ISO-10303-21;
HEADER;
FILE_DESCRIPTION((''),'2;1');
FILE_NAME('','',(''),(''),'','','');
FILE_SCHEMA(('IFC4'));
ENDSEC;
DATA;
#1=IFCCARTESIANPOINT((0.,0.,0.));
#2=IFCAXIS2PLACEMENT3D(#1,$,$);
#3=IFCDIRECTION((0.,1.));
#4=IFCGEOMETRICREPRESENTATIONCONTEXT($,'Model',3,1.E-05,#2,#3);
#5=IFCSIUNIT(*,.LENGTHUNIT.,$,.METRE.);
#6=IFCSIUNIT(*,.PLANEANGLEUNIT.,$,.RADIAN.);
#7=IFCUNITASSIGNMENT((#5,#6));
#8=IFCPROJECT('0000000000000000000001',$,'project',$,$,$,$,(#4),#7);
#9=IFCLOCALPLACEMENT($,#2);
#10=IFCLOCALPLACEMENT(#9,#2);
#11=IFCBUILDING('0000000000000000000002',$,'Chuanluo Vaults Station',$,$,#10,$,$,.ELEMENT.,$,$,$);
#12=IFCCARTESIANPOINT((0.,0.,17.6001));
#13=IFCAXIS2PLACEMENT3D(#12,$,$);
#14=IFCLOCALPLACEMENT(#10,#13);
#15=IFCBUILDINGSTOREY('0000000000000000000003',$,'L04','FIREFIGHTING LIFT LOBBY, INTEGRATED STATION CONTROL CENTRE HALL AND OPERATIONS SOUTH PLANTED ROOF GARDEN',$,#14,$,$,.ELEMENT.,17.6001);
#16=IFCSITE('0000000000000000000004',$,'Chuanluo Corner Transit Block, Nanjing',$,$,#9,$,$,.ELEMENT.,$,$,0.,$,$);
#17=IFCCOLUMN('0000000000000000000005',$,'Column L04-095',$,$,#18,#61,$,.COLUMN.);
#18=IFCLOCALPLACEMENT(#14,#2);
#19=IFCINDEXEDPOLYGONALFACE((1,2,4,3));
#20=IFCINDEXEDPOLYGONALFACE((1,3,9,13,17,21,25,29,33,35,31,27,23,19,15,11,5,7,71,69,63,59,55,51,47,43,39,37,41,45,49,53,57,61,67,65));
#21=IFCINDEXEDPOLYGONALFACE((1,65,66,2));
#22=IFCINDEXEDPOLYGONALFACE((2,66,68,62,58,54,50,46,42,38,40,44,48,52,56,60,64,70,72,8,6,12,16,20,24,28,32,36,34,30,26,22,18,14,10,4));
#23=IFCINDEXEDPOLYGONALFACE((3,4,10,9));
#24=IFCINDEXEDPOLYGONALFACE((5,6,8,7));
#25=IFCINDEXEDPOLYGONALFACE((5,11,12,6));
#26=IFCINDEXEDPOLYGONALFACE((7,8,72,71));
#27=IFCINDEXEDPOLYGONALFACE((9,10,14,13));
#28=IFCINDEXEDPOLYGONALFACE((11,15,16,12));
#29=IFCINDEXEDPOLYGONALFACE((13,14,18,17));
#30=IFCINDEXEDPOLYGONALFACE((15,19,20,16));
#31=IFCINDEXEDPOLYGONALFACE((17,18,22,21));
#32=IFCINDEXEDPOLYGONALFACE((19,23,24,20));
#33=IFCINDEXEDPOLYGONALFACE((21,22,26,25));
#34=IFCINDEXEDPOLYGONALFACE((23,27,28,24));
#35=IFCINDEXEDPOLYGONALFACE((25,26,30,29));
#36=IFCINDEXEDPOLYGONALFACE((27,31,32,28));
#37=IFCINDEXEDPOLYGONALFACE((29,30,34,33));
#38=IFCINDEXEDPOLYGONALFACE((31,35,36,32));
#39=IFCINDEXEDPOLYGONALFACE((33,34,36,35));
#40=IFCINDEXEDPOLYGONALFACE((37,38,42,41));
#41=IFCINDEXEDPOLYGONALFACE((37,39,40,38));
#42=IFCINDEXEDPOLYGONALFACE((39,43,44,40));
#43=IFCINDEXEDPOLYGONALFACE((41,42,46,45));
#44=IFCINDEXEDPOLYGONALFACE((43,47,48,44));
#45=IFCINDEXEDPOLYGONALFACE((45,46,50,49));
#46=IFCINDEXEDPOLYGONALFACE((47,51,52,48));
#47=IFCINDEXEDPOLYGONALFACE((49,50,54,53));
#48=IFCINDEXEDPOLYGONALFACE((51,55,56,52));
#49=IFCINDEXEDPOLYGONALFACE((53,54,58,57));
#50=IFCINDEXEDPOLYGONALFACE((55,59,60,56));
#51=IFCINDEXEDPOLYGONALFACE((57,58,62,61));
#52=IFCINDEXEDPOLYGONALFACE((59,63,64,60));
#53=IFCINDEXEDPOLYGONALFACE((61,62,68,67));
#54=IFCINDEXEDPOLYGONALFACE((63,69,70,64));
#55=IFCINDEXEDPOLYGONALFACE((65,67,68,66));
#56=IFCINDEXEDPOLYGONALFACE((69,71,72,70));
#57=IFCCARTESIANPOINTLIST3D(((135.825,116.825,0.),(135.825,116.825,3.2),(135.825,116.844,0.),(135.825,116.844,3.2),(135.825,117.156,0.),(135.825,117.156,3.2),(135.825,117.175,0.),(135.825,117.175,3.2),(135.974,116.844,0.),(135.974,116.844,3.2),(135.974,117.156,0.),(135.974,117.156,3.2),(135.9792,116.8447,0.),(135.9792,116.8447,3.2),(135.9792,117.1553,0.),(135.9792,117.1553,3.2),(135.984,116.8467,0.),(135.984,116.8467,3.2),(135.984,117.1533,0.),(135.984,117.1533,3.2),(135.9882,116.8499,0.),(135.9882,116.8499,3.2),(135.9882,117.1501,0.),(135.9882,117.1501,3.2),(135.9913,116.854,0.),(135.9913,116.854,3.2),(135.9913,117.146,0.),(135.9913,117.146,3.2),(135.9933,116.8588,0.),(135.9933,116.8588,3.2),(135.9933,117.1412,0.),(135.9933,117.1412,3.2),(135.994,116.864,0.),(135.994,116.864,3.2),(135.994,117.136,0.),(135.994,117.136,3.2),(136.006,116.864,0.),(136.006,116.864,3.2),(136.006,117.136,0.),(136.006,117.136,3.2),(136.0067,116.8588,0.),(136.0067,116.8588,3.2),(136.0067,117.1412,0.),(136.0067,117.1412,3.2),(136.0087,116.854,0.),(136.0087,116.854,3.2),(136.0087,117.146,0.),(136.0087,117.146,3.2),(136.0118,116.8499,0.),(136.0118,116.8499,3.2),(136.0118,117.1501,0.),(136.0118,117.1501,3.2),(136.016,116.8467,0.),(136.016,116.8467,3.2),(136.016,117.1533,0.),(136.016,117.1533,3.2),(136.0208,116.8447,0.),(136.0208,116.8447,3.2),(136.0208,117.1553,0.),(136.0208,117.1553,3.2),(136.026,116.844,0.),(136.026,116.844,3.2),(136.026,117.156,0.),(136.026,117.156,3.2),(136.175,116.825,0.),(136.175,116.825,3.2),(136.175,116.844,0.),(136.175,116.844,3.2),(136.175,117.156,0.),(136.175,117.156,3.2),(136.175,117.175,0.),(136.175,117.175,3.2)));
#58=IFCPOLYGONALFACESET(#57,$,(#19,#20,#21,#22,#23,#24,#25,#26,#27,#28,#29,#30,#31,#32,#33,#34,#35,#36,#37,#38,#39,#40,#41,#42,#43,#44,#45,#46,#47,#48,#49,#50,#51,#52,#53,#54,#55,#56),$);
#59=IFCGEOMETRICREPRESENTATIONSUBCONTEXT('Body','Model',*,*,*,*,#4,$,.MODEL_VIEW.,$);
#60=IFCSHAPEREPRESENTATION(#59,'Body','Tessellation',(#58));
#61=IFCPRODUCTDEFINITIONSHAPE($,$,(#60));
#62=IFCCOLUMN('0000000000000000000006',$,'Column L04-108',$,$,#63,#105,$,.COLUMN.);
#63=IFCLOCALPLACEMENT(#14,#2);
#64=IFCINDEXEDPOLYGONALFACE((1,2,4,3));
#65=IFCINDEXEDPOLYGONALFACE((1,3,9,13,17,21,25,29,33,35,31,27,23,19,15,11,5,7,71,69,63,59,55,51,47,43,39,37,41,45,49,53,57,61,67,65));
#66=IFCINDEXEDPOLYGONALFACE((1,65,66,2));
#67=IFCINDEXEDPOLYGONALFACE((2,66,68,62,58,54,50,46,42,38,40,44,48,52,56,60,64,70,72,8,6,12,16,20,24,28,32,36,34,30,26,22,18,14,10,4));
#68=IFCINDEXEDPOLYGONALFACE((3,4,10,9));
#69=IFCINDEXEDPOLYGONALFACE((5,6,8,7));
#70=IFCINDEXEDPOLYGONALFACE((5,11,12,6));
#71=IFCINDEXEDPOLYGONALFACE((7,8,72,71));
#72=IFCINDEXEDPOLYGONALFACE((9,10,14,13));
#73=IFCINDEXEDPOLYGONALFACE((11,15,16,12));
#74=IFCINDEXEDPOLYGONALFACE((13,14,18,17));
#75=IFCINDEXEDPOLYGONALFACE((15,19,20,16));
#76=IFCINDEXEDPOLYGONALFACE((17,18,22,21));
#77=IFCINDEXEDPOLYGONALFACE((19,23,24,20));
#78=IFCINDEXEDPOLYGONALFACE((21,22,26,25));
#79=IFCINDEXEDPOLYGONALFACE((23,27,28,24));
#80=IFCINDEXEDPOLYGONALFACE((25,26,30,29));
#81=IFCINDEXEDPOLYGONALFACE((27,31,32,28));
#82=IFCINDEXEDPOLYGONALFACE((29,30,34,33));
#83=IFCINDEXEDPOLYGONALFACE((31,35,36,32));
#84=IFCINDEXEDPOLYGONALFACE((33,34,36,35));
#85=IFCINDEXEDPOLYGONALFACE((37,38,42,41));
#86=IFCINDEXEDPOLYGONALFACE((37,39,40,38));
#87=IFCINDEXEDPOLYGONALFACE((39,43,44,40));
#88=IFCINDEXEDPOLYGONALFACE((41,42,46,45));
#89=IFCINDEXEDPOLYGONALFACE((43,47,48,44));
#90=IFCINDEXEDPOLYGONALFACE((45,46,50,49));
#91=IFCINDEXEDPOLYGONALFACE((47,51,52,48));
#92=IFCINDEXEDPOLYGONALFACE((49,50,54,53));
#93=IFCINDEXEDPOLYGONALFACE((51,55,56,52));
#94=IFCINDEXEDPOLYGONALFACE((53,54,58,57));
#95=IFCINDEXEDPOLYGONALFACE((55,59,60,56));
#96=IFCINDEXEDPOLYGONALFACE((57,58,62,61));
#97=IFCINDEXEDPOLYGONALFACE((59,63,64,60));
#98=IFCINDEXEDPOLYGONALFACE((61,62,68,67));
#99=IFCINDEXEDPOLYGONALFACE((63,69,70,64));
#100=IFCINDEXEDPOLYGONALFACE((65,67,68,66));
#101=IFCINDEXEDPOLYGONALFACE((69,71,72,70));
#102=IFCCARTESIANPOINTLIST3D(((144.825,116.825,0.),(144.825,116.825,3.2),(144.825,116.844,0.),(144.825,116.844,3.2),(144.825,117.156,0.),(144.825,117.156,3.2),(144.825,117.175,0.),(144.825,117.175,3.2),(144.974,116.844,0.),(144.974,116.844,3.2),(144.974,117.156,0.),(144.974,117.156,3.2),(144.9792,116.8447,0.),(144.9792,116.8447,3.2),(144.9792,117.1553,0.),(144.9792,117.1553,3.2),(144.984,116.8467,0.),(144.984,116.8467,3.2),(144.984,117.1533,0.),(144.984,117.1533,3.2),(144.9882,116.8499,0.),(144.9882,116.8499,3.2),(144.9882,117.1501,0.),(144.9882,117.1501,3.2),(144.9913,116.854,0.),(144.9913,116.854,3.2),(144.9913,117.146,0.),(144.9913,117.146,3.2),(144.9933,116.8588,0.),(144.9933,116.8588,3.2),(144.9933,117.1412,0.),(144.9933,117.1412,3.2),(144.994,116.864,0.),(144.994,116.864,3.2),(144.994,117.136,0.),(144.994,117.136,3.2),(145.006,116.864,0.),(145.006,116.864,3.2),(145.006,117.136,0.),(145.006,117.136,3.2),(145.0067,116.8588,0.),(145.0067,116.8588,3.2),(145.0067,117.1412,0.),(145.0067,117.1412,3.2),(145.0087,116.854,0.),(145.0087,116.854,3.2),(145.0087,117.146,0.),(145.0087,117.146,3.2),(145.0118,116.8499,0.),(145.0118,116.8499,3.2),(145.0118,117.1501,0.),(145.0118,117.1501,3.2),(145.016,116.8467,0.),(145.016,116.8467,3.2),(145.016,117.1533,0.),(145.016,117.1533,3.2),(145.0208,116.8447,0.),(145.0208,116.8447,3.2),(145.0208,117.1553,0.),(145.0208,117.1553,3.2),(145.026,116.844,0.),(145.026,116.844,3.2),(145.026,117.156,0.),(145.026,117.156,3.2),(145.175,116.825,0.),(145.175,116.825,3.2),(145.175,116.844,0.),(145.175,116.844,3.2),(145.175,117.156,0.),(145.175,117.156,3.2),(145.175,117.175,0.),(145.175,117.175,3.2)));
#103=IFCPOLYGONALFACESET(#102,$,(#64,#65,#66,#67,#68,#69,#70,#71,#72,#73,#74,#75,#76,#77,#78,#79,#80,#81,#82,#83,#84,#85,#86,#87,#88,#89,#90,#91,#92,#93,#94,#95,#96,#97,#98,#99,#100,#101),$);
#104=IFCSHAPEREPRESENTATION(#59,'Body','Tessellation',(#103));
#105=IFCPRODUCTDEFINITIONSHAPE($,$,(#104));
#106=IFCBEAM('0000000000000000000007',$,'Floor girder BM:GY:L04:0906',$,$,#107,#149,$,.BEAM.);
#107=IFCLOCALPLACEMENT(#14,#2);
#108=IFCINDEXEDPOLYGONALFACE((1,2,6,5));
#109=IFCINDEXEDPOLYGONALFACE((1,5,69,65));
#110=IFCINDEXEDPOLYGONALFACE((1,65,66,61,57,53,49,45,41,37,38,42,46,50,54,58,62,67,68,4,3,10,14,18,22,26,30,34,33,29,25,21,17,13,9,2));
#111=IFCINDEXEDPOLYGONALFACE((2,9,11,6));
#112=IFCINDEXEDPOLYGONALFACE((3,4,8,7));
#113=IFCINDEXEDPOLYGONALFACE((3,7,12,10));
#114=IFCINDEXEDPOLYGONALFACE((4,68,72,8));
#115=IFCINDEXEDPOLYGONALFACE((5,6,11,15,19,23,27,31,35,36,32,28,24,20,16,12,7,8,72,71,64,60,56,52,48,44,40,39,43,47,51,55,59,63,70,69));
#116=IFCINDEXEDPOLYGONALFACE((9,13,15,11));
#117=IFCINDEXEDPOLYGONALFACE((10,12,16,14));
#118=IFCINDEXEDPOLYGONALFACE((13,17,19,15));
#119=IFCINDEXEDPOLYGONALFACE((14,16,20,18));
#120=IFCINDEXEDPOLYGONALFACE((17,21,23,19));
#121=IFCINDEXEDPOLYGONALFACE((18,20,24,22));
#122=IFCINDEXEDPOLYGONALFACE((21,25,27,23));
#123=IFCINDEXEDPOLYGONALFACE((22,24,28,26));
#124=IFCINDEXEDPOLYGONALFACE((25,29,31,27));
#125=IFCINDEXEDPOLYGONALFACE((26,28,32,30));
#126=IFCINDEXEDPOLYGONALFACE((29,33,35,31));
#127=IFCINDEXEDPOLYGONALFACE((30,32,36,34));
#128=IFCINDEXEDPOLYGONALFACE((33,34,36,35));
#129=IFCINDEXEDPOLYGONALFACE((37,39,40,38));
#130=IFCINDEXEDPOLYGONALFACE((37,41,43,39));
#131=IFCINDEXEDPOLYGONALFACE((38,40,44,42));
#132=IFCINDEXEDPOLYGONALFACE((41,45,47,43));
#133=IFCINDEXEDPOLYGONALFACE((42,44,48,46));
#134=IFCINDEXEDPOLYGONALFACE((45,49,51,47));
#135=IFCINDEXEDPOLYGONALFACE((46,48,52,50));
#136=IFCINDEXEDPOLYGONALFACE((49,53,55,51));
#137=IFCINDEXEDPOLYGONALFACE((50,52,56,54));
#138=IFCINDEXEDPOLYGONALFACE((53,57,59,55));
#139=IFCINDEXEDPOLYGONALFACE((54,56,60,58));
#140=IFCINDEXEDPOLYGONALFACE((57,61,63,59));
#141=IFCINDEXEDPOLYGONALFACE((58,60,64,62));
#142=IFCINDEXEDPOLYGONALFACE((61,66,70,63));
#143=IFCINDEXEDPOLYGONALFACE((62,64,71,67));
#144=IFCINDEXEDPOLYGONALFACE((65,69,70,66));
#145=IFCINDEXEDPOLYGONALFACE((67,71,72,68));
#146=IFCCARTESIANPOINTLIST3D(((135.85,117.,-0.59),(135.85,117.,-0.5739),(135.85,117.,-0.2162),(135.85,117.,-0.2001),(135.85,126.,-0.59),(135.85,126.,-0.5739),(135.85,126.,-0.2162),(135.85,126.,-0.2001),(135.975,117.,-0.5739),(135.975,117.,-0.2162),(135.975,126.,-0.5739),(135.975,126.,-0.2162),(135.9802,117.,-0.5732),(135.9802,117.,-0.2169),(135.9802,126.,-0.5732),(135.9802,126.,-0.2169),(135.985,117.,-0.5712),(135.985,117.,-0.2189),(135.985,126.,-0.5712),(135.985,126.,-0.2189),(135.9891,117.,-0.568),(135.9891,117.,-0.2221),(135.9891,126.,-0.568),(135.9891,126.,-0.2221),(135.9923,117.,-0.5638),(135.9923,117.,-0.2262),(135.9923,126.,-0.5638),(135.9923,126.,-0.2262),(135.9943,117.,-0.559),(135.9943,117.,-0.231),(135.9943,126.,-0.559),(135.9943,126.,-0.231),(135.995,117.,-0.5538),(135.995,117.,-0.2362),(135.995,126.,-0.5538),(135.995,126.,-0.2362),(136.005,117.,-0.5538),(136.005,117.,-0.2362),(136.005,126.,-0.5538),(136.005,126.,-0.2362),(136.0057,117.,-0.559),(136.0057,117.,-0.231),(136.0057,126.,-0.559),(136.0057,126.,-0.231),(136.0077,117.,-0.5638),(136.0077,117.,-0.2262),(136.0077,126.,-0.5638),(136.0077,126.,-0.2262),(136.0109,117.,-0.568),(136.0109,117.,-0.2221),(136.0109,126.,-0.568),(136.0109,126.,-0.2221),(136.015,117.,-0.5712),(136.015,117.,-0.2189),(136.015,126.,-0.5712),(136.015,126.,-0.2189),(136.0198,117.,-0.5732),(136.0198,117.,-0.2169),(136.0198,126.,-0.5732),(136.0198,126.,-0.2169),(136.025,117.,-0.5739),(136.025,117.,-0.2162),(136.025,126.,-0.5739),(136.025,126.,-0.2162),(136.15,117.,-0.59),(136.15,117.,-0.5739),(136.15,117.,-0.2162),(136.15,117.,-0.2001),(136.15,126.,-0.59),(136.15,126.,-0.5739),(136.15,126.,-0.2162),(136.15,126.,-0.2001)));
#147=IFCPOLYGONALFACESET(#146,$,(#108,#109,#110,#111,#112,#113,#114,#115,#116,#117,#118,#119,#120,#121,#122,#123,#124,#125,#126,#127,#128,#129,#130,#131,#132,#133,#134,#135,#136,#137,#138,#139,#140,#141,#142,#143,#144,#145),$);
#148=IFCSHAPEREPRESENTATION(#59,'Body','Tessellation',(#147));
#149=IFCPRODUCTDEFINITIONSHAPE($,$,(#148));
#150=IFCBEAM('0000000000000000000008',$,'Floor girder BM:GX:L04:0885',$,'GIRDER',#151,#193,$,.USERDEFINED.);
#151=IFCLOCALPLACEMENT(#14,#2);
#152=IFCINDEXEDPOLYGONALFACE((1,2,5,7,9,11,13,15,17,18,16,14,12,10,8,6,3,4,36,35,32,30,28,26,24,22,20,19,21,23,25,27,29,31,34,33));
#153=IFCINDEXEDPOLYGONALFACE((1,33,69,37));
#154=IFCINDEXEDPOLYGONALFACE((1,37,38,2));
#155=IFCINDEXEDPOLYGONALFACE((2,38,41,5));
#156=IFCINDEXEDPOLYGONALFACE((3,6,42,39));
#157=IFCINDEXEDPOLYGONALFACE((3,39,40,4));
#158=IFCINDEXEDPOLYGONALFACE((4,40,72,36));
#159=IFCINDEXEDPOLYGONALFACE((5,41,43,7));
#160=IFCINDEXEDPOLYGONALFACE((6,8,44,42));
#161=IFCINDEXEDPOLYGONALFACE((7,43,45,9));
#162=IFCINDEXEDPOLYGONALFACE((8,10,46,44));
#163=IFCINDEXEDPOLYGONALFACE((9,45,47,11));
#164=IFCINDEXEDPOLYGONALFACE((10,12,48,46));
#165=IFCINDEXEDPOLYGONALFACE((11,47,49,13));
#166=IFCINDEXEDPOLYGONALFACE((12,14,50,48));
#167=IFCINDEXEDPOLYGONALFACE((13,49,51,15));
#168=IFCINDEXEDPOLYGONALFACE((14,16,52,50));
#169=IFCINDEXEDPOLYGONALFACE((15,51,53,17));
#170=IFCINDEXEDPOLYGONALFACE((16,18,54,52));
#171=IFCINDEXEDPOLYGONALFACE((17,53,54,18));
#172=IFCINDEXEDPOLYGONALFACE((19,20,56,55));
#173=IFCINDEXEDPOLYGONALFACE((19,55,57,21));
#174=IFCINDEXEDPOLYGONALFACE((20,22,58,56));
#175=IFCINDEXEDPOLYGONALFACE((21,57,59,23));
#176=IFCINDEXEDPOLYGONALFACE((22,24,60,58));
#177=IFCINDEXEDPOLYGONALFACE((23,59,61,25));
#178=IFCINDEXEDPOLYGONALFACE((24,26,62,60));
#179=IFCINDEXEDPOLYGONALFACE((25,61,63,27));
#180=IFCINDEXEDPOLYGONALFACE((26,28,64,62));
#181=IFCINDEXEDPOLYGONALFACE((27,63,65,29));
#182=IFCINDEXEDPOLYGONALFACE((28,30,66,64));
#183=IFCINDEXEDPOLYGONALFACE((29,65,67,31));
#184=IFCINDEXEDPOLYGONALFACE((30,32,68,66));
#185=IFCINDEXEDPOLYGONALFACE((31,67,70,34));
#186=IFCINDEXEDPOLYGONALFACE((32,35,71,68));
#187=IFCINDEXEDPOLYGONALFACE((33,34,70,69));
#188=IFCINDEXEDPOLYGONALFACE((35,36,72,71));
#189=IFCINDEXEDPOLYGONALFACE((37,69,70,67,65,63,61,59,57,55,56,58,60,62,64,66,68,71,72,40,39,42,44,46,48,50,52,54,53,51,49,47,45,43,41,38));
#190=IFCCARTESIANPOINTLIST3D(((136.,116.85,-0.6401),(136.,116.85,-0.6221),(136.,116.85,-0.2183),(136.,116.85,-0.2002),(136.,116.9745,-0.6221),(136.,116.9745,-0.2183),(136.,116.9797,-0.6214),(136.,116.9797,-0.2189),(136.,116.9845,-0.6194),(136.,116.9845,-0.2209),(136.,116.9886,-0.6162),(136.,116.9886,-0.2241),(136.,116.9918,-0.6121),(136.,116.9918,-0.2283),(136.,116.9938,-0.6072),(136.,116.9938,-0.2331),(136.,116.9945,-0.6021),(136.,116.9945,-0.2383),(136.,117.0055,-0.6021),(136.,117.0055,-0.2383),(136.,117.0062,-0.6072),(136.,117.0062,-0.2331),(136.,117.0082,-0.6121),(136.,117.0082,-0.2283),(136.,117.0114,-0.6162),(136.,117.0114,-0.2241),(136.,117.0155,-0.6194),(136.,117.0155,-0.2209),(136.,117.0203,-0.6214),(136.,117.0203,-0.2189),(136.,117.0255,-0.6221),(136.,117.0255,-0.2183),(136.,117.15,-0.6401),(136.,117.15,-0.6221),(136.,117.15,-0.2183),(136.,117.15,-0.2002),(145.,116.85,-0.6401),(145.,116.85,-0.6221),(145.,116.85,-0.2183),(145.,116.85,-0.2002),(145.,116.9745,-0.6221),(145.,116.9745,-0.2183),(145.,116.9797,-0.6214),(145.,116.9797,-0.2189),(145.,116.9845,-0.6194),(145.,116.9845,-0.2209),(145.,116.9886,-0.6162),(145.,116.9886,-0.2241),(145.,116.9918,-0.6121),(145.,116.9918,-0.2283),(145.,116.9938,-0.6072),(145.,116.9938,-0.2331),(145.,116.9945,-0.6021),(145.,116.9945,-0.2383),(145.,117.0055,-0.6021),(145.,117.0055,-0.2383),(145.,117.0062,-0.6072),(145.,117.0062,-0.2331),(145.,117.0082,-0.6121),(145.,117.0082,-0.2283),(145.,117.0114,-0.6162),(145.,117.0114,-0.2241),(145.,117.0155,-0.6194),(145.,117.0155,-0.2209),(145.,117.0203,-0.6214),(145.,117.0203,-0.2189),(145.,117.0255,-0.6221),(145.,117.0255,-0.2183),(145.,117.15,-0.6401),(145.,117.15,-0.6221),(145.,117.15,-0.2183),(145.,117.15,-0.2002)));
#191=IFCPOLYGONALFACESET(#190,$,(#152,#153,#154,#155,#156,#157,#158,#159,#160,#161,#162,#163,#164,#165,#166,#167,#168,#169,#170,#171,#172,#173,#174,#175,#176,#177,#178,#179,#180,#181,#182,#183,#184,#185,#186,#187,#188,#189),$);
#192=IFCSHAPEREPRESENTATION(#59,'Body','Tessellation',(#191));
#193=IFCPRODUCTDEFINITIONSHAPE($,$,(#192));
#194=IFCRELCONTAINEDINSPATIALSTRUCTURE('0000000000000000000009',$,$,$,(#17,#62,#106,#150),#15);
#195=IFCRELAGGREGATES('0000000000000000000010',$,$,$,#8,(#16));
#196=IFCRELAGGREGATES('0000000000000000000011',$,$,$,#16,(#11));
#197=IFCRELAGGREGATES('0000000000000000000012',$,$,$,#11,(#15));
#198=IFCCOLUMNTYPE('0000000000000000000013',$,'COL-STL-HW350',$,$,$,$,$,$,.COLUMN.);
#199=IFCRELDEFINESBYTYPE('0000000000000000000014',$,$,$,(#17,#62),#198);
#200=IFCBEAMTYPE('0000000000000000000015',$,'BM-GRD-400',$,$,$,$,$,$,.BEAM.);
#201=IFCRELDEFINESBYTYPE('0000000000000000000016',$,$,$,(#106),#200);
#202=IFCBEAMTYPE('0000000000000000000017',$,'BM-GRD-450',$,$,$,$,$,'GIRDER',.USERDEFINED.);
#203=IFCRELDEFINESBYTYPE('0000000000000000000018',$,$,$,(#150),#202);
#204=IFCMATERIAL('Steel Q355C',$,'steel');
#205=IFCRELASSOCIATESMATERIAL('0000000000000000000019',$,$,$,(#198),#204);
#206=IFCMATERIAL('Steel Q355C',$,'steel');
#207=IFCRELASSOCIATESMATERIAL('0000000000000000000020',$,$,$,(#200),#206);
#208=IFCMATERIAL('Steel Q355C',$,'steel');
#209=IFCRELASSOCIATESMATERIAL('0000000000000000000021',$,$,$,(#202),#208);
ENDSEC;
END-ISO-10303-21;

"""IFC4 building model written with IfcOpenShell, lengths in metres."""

from ifc_helpers import new_model, si_unit, direction, frame, origin, origin_2d, place, context, subcontext, project, spatial, i_section, extrude, material, material_profile, profile_set, type_object, element, save


model = new_model("IFC4")

# Units and contexts
model_context = context("Model", 3, precision=1e-05, world=origin(), true_north=direction((0.0, 1.0)))
body_context = subcontext(model_context, "Body", "Model", "MODEL_VIEW")
ifc_project = project(units=[si_unit("LENGTHUNIT", "METRE"), si_unit("PLANEANGLEUNIT", "RADIAN")], contexts=[model_context])

# Site, building, storey
site_placement = place(None, origin())
site = spatial("IfcSite", under=ifc_project, at=site_placement, Name="Chuanluo Corner Transit Block, Nanjing", CompositionType="ELEMENT", RefElevation=0.0)
building_placement = place(site_placement, origin())
building = spatial("IfcBuilding", under=site, at=building_placement, Name="Chuanluo Vaults Station", CompositionType="ELEMENT")
storey_placement = place(building_placement, frame((0.0, 0.0, 17.6001)))
storey = spatial("IfcBuildingStorey", under=building, at=storey_placement, Name="L04", Description="FIREFIGHTING LIFT LOBBY, INTEGRATED STATION CONTROL CENTRE HALL AND OPERATIONS SOUTH PLANTED ROOF GARDEN", CompositionType="ELEMENT", Elevation=17.6001)

# Columns
ifc_material_1 = material(Name="Steel Q355C", Category="steel")
ifc_material_profile_1 = material_profile(ifc_material_1, i_section(OverallWidth=0.3501, OverallDepth=0.3501, WebThickness=0.012, FlangeThickness=0.019, FilletRadius=0.02, at=origin_2d()))
ifc_profile_set_1 = profile_set([ifc_material_profile_1], Name="Steel Q355C")
column_type = type_object("IfcColumnType", Name="COL-STL-HW350", PredefinedType="COLUMN", material=ifc_profile_set_1)
for number, where, z_axis, x_axis, name in (
    (1, (136.0, 117.0, 0.0), (0.0, 0.0, 1.0), (1.0, 0.0, 0.0), "Column L04-095"),
    (2, (145.0, 117.0, 0.0), (0.0, 0.0, 1.0), (1.0, 0.0, 0.0), "Column L04-108"),
):
    element("IfcColumn", number, at=place(storey_placement, frame(where, z_axis=z_axis, x_axis=x_axis)), inside=storey, type_object=column_type, Name=name, PredefinedType="COLUMN", context=body_context, shape_type="SweptSolid", body=[
        extrude(i_section(OverallWidth=0.3501, OverallDepth=0.3501, WebThickness=0.012, FlangeThickness=0.019, FilletRadius=0.02, at=origin_2d()), origin(), (0.0, 0.0, 1.0), 3.2),
    ])

# Beams
ifc_material_2 = material(Name="Steel Q355C", Category="steel")
ifc_material_profile_2 = material_profile(ifc_material_2, i_section(OverallWidth=0.3, OverallDepth=0.3899, WebThickness=0.01, FlangeThickness=0.0161, FilletRadius=0.02, at=origin_2d()))
ifc_profile_set_2 = profile_set([ifc_material_profile_2], Name="Steel Q355C")
beam_type_1 = type_object("IfcBeamType", Name="BM-GRD-400", PredefinedType="BEAM", material=ifc_profile_set_2)
beam_placement = place(storey_placement, frame((136.0, 117.0, -0.395), z_axis=(0.0, 1.0, 0.0), x_axis=(-1.0, 0.0, 0.0)))
element("IfcBeam", 3, at=beam_placement, inside=storey, type_object=beam_type_1, Name="Floor girder BM:GY:L04:0906", PredefinedType="BEAM", context=body_context, shape_type="SweptSolid", body=[
    extrude(i_section(OverallWidth=0.3, OverallDepth=0.3899, WebThickness=0.01, FlangeThickness=0.0161, FilletRadius=0.02, at=origin_2d()), origin(), (0.0, 0.0, 1.0), 9.0),
])
ifc_material_3 = material(Name="Steel Q355C", Category="steel")
ifc_material_profile_3 = material_profile(ifc_material_3, i_section(OverallWidth=0.3, OverallDepth=0.4399, WebThickness=0.011, FlangeThickness=0.0181, FilletRadius=0.02, at=origin_2d()))
ifc_profile_set_3 = profile_set([ifc_material_profile_3], Name="Steel Q355C")
beam_type_2 = type_object("IfcBeamType", Name="BM-GRD-450", ElementType="GIRDER", PredefinedType="USERDEFINED", material=ifc_profile_set_3)
for number, where, z_axis, x_axis, name in (
    (4, (136.0, 117.0, -0.4202), (1.0, 0.0, 0.0), (0.0, 1.0, 0.0), "Floor girder BM:GX:L04:0885"),
):
    element("IfcBeam", number, at=place(storey_placement, frame(where, z_axis=z_axis, x_axis=x_axis)), inside=storey, type_object=beam_type_2, Name=name, ObjectType="GIRDER", PredefinedType="USERDEFINED", context=body_context, shape_type="SweptSolid", body=[
        extrude(i_section(OverallWidth=0.3, OverallDepth=0.4399, WebThickness=0.011, FlangeThickness=0.0181, FilletRadius=0.02, at=origin_2d()), origin(), (0.0, 0.0, 1.0), 9.0),
    ])

save(model, "model.ifc")
